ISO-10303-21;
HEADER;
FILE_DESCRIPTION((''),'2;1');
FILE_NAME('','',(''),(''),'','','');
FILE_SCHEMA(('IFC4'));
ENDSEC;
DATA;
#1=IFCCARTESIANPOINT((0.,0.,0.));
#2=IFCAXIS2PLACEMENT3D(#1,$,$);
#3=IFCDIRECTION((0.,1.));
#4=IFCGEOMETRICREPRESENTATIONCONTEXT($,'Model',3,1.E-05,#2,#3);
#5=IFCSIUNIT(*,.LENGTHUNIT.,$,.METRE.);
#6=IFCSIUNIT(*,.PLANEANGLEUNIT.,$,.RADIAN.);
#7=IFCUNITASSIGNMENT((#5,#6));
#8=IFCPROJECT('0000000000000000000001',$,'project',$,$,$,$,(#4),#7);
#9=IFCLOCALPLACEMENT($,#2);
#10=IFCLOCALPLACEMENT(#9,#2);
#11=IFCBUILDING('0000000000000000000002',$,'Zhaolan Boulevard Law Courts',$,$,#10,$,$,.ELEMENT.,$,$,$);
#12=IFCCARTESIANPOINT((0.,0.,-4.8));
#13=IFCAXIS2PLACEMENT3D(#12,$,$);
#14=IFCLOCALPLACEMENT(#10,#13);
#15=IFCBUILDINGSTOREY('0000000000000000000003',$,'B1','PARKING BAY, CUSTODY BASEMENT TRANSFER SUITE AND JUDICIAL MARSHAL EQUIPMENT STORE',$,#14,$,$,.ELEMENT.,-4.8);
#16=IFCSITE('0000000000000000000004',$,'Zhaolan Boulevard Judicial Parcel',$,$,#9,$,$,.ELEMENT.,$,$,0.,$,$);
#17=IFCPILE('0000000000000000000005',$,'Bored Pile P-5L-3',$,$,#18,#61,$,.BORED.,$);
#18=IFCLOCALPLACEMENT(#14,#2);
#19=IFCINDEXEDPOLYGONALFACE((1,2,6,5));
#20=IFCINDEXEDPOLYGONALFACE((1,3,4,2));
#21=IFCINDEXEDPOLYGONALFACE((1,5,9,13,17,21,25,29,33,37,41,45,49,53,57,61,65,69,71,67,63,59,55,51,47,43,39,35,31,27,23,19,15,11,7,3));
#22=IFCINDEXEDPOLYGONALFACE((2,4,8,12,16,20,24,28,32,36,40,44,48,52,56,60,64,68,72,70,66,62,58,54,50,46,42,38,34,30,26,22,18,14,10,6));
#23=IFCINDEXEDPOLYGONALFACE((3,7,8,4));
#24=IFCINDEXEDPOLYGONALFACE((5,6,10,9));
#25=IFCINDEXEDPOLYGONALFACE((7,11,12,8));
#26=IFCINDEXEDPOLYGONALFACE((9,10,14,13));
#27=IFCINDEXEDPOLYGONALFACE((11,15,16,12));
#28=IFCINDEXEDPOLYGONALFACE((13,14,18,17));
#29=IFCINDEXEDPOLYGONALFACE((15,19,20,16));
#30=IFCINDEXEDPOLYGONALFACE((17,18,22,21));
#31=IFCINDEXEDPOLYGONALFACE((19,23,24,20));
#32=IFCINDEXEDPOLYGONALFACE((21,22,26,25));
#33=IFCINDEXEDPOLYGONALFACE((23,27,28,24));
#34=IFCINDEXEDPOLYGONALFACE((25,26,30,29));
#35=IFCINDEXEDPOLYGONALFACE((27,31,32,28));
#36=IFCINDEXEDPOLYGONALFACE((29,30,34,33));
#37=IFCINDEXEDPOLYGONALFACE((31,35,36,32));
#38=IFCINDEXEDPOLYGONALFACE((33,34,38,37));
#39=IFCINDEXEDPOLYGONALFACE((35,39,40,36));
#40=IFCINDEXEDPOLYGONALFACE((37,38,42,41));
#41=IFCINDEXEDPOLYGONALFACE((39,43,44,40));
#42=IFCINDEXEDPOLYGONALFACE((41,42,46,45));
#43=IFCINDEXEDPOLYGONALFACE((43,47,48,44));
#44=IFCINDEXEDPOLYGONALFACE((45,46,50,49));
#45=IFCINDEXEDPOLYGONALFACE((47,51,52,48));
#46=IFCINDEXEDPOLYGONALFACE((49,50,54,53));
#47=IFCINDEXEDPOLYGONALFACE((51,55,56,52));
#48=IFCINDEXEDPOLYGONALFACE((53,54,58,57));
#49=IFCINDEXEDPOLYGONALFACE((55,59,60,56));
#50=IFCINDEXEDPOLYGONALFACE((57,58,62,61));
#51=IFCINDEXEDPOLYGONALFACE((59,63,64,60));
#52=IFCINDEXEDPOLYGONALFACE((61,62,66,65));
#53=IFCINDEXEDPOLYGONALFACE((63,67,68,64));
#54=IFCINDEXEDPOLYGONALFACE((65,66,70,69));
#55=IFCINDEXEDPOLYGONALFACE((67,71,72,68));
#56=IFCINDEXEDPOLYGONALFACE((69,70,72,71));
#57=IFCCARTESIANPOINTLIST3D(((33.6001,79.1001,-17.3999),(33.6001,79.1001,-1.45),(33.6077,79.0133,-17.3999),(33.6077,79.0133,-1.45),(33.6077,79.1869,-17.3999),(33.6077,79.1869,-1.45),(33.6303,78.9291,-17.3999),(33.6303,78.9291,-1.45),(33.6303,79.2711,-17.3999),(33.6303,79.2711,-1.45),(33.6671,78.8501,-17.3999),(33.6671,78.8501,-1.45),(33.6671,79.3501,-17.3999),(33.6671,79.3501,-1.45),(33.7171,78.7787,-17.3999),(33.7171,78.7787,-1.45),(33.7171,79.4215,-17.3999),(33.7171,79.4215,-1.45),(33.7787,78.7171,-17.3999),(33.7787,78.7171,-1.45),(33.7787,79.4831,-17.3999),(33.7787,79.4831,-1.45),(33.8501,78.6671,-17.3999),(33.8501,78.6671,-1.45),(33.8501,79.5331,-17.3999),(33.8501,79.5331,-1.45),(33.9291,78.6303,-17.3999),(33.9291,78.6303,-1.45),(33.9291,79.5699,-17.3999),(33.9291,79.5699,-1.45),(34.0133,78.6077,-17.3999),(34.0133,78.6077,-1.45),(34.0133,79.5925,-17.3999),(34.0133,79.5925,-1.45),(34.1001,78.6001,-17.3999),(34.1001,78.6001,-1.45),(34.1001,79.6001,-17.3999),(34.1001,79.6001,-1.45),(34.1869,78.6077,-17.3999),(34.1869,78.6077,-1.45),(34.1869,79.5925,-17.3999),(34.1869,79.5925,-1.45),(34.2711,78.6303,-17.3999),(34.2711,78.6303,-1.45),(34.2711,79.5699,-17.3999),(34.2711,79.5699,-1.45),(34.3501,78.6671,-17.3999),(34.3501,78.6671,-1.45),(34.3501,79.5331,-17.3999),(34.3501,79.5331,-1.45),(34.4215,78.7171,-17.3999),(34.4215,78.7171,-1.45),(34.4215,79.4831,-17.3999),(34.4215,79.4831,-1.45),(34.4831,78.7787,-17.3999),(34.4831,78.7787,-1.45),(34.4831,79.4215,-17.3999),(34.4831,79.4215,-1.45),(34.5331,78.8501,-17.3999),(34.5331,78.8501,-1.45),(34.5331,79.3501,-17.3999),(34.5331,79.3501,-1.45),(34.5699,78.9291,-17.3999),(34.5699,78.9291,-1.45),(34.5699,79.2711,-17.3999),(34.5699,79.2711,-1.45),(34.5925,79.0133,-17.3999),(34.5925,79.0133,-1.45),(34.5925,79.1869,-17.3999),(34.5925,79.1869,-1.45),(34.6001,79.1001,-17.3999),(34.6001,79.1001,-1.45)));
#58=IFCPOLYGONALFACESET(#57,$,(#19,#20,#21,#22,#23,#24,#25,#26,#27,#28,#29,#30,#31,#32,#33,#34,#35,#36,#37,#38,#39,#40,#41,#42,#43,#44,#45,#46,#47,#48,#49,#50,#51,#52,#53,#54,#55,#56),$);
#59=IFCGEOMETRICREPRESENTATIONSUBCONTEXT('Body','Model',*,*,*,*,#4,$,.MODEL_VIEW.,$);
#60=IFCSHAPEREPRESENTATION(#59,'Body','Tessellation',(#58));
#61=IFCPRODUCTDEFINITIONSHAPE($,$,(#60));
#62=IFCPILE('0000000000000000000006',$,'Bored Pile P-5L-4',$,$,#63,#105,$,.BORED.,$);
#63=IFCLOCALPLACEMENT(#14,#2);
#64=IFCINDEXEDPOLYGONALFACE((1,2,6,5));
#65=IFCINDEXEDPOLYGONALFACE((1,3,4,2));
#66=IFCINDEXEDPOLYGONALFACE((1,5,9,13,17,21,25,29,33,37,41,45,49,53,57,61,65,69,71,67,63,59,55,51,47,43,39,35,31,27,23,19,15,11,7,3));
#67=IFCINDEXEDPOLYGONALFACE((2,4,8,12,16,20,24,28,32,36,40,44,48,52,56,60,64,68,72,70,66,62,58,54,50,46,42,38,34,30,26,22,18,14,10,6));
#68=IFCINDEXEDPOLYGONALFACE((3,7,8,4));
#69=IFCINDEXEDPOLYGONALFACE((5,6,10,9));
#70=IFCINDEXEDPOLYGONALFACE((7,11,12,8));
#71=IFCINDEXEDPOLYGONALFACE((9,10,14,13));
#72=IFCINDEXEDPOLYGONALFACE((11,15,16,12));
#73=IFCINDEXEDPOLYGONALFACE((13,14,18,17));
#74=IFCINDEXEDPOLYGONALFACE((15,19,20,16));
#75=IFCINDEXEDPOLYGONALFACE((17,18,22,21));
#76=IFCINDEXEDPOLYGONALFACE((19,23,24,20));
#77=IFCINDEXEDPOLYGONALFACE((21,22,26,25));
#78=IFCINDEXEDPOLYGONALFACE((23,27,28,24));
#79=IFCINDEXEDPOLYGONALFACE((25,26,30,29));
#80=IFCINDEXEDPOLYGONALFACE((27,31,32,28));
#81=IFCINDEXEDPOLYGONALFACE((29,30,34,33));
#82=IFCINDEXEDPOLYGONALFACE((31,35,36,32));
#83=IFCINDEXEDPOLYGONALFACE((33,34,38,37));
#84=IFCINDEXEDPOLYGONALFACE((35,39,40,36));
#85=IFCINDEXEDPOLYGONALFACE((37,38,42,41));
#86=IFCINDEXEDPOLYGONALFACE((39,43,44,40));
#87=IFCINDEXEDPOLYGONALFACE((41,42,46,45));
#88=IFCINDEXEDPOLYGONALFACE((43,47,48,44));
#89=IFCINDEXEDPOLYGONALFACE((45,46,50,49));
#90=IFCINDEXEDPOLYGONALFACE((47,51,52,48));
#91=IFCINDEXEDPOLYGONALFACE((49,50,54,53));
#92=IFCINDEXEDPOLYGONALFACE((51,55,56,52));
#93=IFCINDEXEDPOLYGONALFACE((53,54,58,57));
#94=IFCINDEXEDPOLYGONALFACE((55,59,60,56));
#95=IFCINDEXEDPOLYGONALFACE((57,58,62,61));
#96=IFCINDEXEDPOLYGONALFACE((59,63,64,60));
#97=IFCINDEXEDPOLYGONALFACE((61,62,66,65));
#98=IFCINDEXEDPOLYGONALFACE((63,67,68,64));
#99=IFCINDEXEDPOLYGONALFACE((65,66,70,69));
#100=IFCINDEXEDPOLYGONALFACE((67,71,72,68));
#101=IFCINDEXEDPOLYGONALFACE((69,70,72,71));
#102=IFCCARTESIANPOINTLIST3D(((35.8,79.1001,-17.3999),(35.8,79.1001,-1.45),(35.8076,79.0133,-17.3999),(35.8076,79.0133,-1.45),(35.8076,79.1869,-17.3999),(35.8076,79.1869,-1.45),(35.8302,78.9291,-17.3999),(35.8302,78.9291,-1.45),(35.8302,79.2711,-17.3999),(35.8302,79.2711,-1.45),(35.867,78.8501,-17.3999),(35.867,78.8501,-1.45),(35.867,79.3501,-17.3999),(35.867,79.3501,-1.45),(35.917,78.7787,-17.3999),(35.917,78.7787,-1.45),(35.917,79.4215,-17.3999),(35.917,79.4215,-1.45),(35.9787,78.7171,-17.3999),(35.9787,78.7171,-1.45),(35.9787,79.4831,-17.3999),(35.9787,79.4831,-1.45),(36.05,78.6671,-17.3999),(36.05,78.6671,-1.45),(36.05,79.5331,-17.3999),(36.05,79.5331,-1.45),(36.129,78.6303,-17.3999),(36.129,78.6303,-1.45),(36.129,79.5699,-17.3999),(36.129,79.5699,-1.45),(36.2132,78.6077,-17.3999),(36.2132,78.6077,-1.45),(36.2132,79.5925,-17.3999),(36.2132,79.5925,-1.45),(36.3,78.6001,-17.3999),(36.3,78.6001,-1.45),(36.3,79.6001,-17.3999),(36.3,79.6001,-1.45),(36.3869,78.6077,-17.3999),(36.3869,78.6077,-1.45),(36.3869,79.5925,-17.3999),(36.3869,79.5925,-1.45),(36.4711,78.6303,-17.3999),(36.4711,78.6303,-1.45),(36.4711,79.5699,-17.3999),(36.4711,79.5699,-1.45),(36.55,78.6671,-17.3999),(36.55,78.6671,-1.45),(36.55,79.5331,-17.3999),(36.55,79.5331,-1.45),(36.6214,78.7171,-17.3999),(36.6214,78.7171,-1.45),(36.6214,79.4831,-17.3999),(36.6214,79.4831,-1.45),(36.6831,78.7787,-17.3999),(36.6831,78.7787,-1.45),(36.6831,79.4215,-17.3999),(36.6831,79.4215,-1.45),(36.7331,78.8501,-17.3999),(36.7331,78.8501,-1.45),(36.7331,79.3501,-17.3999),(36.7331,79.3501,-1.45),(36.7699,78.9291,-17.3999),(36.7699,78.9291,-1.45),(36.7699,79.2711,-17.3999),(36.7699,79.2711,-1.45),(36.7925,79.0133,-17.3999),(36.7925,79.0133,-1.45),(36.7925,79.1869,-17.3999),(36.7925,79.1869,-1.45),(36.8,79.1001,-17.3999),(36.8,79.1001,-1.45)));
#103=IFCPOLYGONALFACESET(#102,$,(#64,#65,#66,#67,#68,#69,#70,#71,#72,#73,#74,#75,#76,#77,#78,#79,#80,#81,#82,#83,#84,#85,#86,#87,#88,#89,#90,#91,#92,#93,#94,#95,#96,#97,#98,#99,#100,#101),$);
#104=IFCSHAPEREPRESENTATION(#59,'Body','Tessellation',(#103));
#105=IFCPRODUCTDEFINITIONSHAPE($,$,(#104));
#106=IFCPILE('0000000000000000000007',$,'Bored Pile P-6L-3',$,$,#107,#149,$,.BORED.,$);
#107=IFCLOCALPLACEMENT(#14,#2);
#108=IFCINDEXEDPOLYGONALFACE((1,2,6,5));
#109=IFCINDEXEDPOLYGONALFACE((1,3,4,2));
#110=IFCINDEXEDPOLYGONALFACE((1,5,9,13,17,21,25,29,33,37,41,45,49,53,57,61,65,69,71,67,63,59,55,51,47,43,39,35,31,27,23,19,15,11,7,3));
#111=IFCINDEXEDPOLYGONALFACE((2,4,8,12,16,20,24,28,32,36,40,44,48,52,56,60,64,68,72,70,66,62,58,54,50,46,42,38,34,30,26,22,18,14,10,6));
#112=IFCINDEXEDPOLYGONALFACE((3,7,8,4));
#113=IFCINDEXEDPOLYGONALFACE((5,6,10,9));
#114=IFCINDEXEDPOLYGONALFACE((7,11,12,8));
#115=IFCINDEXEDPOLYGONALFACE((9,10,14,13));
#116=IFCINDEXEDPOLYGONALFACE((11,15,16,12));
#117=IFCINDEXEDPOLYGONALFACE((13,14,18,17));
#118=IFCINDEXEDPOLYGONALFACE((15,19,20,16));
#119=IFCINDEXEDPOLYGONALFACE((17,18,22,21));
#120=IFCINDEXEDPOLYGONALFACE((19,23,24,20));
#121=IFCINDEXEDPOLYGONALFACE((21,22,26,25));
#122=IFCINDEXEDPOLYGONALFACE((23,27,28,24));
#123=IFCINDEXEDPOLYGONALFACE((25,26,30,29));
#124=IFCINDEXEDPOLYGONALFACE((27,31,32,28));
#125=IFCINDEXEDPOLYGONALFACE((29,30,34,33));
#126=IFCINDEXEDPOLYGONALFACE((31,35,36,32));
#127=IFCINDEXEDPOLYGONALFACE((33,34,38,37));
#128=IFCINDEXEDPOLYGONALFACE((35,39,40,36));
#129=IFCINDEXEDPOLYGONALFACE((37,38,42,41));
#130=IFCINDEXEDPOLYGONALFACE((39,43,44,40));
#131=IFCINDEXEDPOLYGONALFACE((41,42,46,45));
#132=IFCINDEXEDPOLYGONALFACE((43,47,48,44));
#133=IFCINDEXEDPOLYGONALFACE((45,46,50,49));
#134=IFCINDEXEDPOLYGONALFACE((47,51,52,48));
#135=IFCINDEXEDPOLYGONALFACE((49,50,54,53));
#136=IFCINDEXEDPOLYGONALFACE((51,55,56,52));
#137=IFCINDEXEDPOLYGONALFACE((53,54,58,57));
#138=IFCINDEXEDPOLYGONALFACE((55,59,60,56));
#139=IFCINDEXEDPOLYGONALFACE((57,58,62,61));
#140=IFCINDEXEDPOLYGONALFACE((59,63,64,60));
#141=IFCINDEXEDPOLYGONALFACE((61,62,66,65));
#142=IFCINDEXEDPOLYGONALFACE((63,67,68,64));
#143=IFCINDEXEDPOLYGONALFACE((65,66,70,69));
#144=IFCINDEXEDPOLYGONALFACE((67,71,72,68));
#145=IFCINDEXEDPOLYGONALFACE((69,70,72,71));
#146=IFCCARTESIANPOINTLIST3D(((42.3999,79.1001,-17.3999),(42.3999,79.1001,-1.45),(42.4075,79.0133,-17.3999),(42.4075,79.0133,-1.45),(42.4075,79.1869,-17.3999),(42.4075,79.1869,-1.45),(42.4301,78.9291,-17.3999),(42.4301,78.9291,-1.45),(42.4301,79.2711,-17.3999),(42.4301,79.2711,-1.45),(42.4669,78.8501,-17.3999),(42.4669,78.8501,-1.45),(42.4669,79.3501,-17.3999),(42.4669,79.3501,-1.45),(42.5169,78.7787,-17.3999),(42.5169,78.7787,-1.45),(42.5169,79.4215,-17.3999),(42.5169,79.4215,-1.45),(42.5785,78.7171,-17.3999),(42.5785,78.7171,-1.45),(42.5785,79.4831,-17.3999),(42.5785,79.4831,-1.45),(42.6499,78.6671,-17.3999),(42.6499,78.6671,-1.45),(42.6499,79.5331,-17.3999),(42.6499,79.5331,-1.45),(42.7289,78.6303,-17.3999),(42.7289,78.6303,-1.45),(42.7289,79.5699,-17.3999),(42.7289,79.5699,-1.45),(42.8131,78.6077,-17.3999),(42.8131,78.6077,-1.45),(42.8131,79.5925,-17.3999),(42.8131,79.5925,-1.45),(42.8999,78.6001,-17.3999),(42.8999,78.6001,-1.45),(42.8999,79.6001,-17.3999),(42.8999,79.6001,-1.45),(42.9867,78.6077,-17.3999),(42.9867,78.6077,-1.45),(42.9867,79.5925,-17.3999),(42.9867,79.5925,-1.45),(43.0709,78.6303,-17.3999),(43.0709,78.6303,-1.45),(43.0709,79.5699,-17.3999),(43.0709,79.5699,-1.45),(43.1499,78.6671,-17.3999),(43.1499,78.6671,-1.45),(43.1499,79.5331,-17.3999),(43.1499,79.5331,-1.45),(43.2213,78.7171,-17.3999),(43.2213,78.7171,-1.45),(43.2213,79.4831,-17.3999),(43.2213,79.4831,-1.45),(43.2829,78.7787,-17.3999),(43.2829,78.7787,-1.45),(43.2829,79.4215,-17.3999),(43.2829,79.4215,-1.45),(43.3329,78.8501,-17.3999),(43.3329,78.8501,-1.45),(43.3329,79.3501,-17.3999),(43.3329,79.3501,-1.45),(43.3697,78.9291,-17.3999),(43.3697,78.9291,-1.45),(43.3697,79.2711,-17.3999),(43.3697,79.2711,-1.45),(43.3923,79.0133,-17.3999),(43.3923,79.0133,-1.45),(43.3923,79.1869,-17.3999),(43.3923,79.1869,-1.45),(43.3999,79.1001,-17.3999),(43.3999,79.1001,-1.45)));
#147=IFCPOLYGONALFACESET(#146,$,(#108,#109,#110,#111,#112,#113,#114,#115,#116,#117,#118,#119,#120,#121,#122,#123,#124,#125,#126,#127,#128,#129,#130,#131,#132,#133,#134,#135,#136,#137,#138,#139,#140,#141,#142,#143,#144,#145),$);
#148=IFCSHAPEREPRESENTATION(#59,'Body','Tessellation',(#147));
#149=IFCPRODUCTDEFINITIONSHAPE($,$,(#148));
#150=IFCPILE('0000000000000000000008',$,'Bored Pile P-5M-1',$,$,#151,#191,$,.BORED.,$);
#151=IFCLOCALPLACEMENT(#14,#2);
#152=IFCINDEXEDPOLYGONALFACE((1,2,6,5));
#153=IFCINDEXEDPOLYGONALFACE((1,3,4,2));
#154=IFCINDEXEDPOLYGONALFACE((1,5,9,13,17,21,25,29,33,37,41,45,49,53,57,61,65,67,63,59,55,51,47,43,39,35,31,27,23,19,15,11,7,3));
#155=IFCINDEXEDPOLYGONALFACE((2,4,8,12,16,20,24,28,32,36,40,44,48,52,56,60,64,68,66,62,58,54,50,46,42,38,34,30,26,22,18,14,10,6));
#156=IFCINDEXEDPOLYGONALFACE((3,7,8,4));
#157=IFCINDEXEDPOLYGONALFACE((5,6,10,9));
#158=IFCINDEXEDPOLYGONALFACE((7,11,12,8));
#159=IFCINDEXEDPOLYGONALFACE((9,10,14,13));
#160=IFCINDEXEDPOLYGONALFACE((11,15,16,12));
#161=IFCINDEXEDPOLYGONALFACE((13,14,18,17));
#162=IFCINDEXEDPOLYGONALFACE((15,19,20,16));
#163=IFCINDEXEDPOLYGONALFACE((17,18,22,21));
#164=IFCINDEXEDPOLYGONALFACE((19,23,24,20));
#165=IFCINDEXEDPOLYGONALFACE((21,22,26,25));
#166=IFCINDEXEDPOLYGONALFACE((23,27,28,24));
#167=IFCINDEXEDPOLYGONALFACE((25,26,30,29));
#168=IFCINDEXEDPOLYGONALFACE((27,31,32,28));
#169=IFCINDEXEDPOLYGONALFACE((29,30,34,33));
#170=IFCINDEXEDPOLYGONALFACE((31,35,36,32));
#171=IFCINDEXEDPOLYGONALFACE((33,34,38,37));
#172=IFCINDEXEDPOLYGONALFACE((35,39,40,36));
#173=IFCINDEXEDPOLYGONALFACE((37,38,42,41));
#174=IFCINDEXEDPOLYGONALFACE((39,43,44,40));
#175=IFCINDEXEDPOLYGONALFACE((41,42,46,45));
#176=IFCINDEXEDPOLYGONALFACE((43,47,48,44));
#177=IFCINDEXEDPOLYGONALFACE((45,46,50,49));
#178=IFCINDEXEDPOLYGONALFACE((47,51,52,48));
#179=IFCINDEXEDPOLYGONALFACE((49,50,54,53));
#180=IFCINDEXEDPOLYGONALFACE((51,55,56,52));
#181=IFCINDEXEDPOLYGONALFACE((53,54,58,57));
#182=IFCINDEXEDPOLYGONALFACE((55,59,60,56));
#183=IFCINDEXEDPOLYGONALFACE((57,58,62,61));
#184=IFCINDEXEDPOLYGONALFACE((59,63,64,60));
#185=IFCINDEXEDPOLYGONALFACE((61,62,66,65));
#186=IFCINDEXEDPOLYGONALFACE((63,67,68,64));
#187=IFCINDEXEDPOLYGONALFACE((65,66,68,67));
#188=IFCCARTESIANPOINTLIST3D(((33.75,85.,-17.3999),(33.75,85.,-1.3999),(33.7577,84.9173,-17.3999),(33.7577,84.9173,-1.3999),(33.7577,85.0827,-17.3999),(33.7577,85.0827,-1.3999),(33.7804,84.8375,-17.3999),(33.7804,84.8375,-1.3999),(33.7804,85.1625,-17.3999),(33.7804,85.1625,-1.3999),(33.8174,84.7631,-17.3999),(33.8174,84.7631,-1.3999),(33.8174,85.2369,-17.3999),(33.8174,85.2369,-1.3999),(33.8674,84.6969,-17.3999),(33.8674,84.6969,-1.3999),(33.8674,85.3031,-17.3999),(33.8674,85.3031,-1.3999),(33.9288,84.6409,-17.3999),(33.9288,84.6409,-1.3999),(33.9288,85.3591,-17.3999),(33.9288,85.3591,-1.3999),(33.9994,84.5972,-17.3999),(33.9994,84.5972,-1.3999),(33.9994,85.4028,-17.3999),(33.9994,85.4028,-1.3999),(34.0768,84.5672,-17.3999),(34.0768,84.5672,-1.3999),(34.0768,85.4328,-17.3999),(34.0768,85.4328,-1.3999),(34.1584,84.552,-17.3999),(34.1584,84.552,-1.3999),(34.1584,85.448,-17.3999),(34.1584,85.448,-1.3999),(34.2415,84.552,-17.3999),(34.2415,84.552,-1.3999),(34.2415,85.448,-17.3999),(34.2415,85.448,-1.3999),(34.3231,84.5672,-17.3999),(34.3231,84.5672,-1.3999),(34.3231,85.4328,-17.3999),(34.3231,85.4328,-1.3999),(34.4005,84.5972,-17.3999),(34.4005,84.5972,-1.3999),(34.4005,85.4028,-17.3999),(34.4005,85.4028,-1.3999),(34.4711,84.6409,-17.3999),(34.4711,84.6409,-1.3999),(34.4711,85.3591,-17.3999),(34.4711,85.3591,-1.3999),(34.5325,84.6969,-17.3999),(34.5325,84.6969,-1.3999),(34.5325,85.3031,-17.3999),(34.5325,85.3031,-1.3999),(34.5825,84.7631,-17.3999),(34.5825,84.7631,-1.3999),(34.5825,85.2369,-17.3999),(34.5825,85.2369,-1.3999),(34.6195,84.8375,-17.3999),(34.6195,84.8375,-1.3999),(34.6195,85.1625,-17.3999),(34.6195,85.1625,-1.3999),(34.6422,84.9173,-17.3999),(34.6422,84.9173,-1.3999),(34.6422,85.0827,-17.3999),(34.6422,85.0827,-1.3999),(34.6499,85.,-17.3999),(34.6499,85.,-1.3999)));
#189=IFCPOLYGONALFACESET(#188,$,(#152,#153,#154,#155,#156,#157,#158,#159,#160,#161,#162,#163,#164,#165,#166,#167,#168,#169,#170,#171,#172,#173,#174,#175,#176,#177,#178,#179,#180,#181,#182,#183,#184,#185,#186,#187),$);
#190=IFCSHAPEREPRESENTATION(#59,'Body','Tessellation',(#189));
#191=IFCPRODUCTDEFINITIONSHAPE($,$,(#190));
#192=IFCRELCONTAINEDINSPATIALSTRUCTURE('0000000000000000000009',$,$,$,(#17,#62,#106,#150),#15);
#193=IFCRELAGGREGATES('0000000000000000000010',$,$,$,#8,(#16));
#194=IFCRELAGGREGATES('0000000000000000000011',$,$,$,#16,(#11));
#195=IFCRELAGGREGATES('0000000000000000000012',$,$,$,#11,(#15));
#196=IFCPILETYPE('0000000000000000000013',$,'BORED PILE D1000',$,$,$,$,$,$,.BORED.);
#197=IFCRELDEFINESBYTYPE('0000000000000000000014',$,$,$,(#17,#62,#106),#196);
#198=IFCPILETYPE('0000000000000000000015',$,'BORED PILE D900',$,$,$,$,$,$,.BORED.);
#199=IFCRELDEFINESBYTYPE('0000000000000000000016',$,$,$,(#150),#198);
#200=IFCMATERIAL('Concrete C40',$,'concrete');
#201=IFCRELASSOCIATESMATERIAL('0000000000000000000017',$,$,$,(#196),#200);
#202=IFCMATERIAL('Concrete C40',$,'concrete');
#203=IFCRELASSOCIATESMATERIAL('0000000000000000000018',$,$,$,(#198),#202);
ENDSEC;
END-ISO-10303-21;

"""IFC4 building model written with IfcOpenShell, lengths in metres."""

from ifc_helpers import new_model, si_unit, direction, frame, origin, origin_2d, place, context, subcontext, project, spatial, circle, extrude, material, material_profile, profile_set, type_object, element, save


model = new_model("IFC4")

# Units and contexts
model_context = context("Model", 3, precision=1e-05, world=origin(), true_north=direction((0.0, 1.0)))
body_context = subcontext(model_context, "Body", "Model", "MODEL_VIEW")
ifc_project = project(units=[si_unit("LENGTHUNIT", "METRE"), si_unit("PLANEANGLEUNIT", "RADIAN")], contexts=[model_context])

# Site, building, storey
site_placement = place(None, origin())
site = spatial("IfcSite", under=ifc_project, at=site_placement, Name="Zhaolan Boulevard Judicial Parcel", CompositionType="ELEMENT", RefElevation=0.0)
building_placement = place(site_placement, origin())
building = spatial("IfcBuilding", under=site, at=building_placement, Name="Zhaolan Boulevard Law Courts", CompositionType="ELEMENT")
storey_placement = place(building_placement, frame((0.0, 0.0, -4.8)))
storey = spatial("IfcBuildingStorey", under=building, at=storey_placement, Name="B1", Description="PARKING BAY, CUSTODY BASEMENT TRANSFER SUITE AND JUDICIAL MARSHAL EQUIPMENT STORE", CompositionType="ELEMENT", Elevation=-4.8)

# Piles
ifc_material_1 = material(Name="Concrete C40", Category="concrete")
ifc_material_profile_1 = material_profile(ifc_material_1, circle(Radius=0.5, at=origin_2d()), Name="PILE-D1000")
ifc_profile_set_1 = profile_set([ifc_material_profile_1], Name="Concrete C40")
pile_type_1 = type_object("IfcPileType", Name="BORED PILE D1000", PredefinedType="BORED", material=ifc_profile_set_1)
for number, where, z_axis, x_axis, name in (
    (1, (34.1001, 79.1001, -1.45), (0.0, 0.0, -1.0), (1.0, 0.0, 0.0), "Bored Pile P-5L-3"),
    (2, (36.3, 79.1001, -1.45), (0.0, 0.0, -1.0), (1.0, 0.0, 0.0), "Bored Pile P-5L-4"),
    (3, (42.8999, 79.1001, -1.45), (0.0, 0.0, -1.0), (1.0, 0.0, 0.0), "Bored Pile P-6L-3"),
):
    element("IfcPile", number, at=place(storey_placement, frame(where, z_axis=z_axis, x_axis=x_axis)), inside=storey, type_object=pile_type_1, Name=name, PredefinedType="BORED", context=body_context, shape_type="SweptSolid", body=[
        extrude(circle(Radius=0.5, at=origin_2d()), origin(), (0.0, 0.0, 1.0), 15.95),
    ])
ifc_material_2 = material(Name="Concrete C40", Category="concrete")
ifc_material_profile_2 = material_profile(ifc_material_2, circle(Radius=0.45, at=origin_2d()), Name="PILE-D900")
ifc_profile_set_2 = profile_set([ifc_material_profile_2], Name="Concrete C40")
pile_type_2 = type_object("IfcPileType", Name="BORED PILE D900", PredefinedType="BORED", material=ifc_profile_set_2)
for number, where, z_axis, x_axis, name in (
    (4, (34.2, 85.0, -1.3999), (0.0, 0.0, -1.0), (1.0, 0.0, 0.0), "Bored Pile P-5M-1"),
):
    element("IfcPile", number, at=place(storey_placement, frame(where, z_axis=z_axis, x_axis=x_axis)), inside=storey, type_object=pile_type_2, Name=name, PredefinedType="BORED", context=body_context, shape_type="SweptSolid", body=[
        extrude(circle(Radius=0.45, at=origin_2d()), origin(), (0.0, 0.0, 1.0), 16.0),
    ])

save(model, "model.ifc")
